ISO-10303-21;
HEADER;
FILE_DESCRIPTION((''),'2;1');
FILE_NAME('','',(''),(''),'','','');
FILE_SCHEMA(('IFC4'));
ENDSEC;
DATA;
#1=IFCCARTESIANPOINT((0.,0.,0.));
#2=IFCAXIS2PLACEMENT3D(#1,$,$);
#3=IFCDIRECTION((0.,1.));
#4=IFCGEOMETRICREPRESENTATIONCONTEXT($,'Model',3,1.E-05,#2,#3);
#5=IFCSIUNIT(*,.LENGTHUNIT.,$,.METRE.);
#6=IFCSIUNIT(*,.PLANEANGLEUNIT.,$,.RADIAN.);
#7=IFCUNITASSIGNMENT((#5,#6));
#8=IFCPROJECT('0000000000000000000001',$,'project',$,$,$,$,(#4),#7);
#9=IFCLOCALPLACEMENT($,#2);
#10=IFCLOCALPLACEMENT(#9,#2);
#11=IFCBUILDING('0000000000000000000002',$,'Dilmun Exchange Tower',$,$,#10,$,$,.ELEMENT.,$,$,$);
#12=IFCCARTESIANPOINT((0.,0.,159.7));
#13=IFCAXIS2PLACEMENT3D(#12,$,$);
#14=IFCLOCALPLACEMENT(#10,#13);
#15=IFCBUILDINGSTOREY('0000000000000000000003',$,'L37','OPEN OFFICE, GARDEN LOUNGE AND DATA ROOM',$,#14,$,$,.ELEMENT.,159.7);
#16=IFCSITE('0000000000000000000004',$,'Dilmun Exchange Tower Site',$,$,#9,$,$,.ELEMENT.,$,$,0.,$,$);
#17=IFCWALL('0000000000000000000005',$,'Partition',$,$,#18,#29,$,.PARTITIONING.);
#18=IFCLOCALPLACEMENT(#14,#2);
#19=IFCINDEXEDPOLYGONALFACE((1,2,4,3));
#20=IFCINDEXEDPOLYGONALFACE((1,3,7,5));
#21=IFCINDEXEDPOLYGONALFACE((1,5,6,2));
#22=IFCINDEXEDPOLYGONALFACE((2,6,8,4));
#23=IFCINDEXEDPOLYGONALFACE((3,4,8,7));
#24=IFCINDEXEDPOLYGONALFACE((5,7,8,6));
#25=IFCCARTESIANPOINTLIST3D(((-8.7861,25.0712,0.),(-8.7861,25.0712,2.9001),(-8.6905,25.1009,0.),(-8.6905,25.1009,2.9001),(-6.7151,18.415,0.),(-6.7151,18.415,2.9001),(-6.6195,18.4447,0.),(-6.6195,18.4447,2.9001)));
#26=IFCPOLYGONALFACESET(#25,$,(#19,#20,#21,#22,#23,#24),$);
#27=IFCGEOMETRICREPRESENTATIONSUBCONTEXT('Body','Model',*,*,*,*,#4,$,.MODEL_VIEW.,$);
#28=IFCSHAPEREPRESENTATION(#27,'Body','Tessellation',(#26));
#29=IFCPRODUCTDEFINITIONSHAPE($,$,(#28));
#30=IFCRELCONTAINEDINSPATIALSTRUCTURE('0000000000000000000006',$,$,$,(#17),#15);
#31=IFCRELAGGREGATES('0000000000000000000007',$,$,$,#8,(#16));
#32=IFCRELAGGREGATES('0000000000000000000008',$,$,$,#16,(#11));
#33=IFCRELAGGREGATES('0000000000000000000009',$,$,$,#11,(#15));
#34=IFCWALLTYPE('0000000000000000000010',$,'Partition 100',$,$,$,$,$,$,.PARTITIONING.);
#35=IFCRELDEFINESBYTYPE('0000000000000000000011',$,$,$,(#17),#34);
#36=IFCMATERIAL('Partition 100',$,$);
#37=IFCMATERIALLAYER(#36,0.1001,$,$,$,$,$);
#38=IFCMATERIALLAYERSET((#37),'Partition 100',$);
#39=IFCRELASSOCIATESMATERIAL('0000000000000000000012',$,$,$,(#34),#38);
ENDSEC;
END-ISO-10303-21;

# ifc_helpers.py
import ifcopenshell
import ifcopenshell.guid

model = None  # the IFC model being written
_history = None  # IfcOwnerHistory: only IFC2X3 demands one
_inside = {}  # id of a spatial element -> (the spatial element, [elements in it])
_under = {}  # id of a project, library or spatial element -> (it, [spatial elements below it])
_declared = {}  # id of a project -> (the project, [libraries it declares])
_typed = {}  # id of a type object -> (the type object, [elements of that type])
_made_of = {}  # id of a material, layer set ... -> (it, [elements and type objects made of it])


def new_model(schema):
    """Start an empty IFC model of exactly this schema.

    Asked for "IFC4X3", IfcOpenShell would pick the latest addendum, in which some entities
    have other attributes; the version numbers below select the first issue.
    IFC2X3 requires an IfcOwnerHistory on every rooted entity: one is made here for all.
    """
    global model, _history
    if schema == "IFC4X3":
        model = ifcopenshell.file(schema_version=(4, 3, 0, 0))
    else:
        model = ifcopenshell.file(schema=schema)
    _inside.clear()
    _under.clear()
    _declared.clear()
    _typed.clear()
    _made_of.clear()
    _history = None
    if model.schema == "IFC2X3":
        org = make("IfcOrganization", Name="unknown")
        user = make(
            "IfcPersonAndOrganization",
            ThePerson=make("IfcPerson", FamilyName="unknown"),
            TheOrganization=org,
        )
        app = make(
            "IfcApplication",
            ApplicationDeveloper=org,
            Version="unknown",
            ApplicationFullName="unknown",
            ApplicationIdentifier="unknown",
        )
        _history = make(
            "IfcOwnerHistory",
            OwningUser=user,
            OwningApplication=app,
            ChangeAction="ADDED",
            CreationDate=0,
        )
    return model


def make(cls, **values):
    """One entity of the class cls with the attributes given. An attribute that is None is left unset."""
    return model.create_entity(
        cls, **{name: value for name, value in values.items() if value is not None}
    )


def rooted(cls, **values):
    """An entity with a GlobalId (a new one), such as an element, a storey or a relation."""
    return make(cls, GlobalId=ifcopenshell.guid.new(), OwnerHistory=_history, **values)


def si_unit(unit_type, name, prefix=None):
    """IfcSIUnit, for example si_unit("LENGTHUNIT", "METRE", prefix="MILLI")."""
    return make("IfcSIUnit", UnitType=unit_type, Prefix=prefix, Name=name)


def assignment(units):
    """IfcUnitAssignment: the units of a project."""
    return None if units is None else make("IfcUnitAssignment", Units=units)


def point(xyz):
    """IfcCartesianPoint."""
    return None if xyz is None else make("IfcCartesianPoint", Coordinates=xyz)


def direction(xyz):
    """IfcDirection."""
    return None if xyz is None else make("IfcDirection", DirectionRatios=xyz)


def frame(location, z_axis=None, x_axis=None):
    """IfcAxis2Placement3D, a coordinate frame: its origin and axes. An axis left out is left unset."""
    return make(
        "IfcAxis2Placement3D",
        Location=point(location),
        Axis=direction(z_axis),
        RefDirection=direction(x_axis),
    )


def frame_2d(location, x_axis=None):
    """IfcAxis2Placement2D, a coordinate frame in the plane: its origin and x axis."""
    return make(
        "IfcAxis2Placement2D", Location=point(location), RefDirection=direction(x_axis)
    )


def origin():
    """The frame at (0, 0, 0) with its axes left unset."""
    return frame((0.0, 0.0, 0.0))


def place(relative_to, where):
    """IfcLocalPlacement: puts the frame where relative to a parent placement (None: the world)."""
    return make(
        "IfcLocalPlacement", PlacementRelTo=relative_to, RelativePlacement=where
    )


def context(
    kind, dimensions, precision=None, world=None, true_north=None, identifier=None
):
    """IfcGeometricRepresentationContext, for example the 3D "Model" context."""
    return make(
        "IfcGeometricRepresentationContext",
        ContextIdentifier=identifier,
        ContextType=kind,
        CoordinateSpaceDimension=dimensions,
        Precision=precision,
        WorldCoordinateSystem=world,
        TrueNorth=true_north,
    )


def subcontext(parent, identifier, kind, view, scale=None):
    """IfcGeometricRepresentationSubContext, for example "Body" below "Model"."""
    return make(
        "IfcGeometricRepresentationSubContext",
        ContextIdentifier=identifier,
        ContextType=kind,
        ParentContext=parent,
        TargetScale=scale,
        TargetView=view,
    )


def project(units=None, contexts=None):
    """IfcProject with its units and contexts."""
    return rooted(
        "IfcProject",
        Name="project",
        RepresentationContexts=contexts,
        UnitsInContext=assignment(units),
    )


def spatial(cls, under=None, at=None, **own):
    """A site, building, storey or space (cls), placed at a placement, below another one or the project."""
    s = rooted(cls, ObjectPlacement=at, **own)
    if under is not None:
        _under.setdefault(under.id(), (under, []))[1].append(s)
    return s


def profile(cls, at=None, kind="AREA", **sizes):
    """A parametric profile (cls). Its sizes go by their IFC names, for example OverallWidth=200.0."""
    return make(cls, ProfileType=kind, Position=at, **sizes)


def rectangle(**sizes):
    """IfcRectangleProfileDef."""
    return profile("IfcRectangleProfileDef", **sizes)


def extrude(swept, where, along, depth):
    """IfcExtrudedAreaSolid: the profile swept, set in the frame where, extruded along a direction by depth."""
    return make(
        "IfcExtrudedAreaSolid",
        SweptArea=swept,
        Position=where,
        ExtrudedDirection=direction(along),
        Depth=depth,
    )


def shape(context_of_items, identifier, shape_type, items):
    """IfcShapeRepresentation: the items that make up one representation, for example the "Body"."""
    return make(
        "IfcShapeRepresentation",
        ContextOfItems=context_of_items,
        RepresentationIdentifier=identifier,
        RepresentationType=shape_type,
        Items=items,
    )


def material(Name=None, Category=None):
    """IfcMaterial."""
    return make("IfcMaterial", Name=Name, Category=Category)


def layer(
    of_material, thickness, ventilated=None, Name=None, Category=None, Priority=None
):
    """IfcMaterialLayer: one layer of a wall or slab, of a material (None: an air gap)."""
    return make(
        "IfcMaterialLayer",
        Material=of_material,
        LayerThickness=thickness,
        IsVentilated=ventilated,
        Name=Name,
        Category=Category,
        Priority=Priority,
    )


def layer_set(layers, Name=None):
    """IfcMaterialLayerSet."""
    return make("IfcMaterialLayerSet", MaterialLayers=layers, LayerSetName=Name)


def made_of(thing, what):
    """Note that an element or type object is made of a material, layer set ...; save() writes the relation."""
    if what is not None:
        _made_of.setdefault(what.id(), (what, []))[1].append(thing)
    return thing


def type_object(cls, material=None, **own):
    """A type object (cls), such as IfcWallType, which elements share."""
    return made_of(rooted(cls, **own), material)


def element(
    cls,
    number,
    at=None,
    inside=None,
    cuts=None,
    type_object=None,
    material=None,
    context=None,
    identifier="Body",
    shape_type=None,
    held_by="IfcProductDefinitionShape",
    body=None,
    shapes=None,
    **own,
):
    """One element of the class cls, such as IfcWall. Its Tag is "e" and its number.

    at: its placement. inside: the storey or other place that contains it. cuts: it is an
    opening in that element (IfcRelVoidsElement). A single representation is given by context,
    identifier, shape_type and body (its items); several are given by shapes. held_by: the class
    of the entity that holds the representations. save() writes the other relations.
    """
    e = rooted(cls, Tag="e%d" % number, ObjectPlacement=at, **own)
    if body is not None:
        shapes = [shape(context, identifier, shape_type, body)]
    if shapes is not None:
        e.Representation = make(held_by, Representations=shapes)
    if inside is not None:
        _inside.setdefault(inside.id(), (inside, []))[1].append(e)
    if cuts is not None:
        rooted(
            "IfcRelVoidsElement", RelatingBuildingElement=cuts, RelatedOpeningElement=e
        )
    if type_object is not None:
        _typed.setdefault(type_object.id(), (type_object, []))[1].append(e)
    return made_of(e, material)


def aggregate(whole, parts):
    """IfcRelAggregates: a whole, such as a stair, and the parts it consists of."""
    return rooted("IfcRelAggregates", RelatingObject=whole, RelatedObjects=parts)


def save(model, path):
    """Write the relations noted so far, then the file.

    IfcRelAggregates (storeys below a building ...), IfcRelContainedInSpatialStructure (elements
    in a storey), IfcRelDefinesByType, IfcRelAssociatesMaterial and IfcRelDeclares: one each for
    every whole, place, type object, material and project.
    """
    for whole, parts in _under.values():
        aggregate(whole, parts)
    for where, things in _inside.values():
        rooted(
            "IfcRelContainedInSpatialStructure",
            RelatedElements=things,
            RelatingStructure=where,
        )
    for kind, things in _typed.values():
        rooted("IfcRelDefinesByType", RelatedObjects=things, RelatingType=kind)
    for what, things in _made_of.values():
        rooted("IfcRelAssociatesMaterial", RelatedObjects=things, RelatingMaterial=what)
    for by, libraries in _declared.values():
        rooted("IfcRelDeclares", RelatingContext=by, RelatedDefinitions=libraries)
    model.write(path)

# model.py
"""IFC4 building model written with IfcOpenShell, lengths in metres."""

from ifc_helpers import new_model, si_unit, direction, frame, frame_2d, origin, place, context, subcontext, project, spatial, rectangle, extrude, material, layer, layer_set, type_object, element, save


model = new_model("IFC4")

# Units and contexts
model_context = context("Model", 3, precision=1e-05, world=origin(), true_north=direction((0.0, 1.0)))
body_context = subcontext(model_context, "Body", "Model", "MODEL_VIEW")
ifc_project = project(units=[si_unit("LENGTHUNIT", "METRE"), si_unit("PLANEANGLEUNIT", "RADIAN")], contexts=[model_context])

# Site, building, storey
site_placement = place(None, origin())
site = spatial("IfcSite", under=ifc_project, at=site_placement, Name="Dilmun Exchange Tower Site", CompositionType="ELEMENT", RefElevation=0.0)
building_placement = place(site_placement, origin())
building = spatial("IfcBuilding", under=site, at=building_placement, Name="Dilmun Exchange Tower", CompositionType="ELEMENT")
storey_placement = place(building_placement, frame((0.0, 0.0, 159.7)))
storey = spatial("IfcBuildingStorey", under=building, at=storey_placement, Name="L37", Description="OPEN OFFICE, GARDEN LOUNGE AND DATA ROOM", CompositionType="ELEMENT", Elevation=159.7)

# Wall
ifc_material_1 = material(Name="Partition 100")
ifc_layer_1 = layer(ifc_material_1, 0.1001)
ifc_layer_set_1 = layer_set([ifc_layer_1], Name="Partition 100")
wall_type_1 = type_object("IfcWallType", Name="Partition 100", PredefinedType="PARTITIONING", material=ifc_layer_set_1)
wall_1_placement = place(storey_placement, frame((-8.7383, 25.0859, 0.0), z_axis=(0.0, 0.0, 1.0), x_axis=(0.297094, -0.954848, 0.0)))
element("IfcWall", 1, at=wall_1_placement, inside=storey, type_object=wall_type_1, Name="Partition", PredefinedType="PARTITIONING", context=body_context, shape_type="SweptSolid", body=[
    extrude(rectangle(XDim=6.9709, YDim=0.1001, at=frame_2d((3.4854, 0.0))), origin(), (0.0, 0.0, 1.0), 2.9001),
])

save(model, "model.ifc")
